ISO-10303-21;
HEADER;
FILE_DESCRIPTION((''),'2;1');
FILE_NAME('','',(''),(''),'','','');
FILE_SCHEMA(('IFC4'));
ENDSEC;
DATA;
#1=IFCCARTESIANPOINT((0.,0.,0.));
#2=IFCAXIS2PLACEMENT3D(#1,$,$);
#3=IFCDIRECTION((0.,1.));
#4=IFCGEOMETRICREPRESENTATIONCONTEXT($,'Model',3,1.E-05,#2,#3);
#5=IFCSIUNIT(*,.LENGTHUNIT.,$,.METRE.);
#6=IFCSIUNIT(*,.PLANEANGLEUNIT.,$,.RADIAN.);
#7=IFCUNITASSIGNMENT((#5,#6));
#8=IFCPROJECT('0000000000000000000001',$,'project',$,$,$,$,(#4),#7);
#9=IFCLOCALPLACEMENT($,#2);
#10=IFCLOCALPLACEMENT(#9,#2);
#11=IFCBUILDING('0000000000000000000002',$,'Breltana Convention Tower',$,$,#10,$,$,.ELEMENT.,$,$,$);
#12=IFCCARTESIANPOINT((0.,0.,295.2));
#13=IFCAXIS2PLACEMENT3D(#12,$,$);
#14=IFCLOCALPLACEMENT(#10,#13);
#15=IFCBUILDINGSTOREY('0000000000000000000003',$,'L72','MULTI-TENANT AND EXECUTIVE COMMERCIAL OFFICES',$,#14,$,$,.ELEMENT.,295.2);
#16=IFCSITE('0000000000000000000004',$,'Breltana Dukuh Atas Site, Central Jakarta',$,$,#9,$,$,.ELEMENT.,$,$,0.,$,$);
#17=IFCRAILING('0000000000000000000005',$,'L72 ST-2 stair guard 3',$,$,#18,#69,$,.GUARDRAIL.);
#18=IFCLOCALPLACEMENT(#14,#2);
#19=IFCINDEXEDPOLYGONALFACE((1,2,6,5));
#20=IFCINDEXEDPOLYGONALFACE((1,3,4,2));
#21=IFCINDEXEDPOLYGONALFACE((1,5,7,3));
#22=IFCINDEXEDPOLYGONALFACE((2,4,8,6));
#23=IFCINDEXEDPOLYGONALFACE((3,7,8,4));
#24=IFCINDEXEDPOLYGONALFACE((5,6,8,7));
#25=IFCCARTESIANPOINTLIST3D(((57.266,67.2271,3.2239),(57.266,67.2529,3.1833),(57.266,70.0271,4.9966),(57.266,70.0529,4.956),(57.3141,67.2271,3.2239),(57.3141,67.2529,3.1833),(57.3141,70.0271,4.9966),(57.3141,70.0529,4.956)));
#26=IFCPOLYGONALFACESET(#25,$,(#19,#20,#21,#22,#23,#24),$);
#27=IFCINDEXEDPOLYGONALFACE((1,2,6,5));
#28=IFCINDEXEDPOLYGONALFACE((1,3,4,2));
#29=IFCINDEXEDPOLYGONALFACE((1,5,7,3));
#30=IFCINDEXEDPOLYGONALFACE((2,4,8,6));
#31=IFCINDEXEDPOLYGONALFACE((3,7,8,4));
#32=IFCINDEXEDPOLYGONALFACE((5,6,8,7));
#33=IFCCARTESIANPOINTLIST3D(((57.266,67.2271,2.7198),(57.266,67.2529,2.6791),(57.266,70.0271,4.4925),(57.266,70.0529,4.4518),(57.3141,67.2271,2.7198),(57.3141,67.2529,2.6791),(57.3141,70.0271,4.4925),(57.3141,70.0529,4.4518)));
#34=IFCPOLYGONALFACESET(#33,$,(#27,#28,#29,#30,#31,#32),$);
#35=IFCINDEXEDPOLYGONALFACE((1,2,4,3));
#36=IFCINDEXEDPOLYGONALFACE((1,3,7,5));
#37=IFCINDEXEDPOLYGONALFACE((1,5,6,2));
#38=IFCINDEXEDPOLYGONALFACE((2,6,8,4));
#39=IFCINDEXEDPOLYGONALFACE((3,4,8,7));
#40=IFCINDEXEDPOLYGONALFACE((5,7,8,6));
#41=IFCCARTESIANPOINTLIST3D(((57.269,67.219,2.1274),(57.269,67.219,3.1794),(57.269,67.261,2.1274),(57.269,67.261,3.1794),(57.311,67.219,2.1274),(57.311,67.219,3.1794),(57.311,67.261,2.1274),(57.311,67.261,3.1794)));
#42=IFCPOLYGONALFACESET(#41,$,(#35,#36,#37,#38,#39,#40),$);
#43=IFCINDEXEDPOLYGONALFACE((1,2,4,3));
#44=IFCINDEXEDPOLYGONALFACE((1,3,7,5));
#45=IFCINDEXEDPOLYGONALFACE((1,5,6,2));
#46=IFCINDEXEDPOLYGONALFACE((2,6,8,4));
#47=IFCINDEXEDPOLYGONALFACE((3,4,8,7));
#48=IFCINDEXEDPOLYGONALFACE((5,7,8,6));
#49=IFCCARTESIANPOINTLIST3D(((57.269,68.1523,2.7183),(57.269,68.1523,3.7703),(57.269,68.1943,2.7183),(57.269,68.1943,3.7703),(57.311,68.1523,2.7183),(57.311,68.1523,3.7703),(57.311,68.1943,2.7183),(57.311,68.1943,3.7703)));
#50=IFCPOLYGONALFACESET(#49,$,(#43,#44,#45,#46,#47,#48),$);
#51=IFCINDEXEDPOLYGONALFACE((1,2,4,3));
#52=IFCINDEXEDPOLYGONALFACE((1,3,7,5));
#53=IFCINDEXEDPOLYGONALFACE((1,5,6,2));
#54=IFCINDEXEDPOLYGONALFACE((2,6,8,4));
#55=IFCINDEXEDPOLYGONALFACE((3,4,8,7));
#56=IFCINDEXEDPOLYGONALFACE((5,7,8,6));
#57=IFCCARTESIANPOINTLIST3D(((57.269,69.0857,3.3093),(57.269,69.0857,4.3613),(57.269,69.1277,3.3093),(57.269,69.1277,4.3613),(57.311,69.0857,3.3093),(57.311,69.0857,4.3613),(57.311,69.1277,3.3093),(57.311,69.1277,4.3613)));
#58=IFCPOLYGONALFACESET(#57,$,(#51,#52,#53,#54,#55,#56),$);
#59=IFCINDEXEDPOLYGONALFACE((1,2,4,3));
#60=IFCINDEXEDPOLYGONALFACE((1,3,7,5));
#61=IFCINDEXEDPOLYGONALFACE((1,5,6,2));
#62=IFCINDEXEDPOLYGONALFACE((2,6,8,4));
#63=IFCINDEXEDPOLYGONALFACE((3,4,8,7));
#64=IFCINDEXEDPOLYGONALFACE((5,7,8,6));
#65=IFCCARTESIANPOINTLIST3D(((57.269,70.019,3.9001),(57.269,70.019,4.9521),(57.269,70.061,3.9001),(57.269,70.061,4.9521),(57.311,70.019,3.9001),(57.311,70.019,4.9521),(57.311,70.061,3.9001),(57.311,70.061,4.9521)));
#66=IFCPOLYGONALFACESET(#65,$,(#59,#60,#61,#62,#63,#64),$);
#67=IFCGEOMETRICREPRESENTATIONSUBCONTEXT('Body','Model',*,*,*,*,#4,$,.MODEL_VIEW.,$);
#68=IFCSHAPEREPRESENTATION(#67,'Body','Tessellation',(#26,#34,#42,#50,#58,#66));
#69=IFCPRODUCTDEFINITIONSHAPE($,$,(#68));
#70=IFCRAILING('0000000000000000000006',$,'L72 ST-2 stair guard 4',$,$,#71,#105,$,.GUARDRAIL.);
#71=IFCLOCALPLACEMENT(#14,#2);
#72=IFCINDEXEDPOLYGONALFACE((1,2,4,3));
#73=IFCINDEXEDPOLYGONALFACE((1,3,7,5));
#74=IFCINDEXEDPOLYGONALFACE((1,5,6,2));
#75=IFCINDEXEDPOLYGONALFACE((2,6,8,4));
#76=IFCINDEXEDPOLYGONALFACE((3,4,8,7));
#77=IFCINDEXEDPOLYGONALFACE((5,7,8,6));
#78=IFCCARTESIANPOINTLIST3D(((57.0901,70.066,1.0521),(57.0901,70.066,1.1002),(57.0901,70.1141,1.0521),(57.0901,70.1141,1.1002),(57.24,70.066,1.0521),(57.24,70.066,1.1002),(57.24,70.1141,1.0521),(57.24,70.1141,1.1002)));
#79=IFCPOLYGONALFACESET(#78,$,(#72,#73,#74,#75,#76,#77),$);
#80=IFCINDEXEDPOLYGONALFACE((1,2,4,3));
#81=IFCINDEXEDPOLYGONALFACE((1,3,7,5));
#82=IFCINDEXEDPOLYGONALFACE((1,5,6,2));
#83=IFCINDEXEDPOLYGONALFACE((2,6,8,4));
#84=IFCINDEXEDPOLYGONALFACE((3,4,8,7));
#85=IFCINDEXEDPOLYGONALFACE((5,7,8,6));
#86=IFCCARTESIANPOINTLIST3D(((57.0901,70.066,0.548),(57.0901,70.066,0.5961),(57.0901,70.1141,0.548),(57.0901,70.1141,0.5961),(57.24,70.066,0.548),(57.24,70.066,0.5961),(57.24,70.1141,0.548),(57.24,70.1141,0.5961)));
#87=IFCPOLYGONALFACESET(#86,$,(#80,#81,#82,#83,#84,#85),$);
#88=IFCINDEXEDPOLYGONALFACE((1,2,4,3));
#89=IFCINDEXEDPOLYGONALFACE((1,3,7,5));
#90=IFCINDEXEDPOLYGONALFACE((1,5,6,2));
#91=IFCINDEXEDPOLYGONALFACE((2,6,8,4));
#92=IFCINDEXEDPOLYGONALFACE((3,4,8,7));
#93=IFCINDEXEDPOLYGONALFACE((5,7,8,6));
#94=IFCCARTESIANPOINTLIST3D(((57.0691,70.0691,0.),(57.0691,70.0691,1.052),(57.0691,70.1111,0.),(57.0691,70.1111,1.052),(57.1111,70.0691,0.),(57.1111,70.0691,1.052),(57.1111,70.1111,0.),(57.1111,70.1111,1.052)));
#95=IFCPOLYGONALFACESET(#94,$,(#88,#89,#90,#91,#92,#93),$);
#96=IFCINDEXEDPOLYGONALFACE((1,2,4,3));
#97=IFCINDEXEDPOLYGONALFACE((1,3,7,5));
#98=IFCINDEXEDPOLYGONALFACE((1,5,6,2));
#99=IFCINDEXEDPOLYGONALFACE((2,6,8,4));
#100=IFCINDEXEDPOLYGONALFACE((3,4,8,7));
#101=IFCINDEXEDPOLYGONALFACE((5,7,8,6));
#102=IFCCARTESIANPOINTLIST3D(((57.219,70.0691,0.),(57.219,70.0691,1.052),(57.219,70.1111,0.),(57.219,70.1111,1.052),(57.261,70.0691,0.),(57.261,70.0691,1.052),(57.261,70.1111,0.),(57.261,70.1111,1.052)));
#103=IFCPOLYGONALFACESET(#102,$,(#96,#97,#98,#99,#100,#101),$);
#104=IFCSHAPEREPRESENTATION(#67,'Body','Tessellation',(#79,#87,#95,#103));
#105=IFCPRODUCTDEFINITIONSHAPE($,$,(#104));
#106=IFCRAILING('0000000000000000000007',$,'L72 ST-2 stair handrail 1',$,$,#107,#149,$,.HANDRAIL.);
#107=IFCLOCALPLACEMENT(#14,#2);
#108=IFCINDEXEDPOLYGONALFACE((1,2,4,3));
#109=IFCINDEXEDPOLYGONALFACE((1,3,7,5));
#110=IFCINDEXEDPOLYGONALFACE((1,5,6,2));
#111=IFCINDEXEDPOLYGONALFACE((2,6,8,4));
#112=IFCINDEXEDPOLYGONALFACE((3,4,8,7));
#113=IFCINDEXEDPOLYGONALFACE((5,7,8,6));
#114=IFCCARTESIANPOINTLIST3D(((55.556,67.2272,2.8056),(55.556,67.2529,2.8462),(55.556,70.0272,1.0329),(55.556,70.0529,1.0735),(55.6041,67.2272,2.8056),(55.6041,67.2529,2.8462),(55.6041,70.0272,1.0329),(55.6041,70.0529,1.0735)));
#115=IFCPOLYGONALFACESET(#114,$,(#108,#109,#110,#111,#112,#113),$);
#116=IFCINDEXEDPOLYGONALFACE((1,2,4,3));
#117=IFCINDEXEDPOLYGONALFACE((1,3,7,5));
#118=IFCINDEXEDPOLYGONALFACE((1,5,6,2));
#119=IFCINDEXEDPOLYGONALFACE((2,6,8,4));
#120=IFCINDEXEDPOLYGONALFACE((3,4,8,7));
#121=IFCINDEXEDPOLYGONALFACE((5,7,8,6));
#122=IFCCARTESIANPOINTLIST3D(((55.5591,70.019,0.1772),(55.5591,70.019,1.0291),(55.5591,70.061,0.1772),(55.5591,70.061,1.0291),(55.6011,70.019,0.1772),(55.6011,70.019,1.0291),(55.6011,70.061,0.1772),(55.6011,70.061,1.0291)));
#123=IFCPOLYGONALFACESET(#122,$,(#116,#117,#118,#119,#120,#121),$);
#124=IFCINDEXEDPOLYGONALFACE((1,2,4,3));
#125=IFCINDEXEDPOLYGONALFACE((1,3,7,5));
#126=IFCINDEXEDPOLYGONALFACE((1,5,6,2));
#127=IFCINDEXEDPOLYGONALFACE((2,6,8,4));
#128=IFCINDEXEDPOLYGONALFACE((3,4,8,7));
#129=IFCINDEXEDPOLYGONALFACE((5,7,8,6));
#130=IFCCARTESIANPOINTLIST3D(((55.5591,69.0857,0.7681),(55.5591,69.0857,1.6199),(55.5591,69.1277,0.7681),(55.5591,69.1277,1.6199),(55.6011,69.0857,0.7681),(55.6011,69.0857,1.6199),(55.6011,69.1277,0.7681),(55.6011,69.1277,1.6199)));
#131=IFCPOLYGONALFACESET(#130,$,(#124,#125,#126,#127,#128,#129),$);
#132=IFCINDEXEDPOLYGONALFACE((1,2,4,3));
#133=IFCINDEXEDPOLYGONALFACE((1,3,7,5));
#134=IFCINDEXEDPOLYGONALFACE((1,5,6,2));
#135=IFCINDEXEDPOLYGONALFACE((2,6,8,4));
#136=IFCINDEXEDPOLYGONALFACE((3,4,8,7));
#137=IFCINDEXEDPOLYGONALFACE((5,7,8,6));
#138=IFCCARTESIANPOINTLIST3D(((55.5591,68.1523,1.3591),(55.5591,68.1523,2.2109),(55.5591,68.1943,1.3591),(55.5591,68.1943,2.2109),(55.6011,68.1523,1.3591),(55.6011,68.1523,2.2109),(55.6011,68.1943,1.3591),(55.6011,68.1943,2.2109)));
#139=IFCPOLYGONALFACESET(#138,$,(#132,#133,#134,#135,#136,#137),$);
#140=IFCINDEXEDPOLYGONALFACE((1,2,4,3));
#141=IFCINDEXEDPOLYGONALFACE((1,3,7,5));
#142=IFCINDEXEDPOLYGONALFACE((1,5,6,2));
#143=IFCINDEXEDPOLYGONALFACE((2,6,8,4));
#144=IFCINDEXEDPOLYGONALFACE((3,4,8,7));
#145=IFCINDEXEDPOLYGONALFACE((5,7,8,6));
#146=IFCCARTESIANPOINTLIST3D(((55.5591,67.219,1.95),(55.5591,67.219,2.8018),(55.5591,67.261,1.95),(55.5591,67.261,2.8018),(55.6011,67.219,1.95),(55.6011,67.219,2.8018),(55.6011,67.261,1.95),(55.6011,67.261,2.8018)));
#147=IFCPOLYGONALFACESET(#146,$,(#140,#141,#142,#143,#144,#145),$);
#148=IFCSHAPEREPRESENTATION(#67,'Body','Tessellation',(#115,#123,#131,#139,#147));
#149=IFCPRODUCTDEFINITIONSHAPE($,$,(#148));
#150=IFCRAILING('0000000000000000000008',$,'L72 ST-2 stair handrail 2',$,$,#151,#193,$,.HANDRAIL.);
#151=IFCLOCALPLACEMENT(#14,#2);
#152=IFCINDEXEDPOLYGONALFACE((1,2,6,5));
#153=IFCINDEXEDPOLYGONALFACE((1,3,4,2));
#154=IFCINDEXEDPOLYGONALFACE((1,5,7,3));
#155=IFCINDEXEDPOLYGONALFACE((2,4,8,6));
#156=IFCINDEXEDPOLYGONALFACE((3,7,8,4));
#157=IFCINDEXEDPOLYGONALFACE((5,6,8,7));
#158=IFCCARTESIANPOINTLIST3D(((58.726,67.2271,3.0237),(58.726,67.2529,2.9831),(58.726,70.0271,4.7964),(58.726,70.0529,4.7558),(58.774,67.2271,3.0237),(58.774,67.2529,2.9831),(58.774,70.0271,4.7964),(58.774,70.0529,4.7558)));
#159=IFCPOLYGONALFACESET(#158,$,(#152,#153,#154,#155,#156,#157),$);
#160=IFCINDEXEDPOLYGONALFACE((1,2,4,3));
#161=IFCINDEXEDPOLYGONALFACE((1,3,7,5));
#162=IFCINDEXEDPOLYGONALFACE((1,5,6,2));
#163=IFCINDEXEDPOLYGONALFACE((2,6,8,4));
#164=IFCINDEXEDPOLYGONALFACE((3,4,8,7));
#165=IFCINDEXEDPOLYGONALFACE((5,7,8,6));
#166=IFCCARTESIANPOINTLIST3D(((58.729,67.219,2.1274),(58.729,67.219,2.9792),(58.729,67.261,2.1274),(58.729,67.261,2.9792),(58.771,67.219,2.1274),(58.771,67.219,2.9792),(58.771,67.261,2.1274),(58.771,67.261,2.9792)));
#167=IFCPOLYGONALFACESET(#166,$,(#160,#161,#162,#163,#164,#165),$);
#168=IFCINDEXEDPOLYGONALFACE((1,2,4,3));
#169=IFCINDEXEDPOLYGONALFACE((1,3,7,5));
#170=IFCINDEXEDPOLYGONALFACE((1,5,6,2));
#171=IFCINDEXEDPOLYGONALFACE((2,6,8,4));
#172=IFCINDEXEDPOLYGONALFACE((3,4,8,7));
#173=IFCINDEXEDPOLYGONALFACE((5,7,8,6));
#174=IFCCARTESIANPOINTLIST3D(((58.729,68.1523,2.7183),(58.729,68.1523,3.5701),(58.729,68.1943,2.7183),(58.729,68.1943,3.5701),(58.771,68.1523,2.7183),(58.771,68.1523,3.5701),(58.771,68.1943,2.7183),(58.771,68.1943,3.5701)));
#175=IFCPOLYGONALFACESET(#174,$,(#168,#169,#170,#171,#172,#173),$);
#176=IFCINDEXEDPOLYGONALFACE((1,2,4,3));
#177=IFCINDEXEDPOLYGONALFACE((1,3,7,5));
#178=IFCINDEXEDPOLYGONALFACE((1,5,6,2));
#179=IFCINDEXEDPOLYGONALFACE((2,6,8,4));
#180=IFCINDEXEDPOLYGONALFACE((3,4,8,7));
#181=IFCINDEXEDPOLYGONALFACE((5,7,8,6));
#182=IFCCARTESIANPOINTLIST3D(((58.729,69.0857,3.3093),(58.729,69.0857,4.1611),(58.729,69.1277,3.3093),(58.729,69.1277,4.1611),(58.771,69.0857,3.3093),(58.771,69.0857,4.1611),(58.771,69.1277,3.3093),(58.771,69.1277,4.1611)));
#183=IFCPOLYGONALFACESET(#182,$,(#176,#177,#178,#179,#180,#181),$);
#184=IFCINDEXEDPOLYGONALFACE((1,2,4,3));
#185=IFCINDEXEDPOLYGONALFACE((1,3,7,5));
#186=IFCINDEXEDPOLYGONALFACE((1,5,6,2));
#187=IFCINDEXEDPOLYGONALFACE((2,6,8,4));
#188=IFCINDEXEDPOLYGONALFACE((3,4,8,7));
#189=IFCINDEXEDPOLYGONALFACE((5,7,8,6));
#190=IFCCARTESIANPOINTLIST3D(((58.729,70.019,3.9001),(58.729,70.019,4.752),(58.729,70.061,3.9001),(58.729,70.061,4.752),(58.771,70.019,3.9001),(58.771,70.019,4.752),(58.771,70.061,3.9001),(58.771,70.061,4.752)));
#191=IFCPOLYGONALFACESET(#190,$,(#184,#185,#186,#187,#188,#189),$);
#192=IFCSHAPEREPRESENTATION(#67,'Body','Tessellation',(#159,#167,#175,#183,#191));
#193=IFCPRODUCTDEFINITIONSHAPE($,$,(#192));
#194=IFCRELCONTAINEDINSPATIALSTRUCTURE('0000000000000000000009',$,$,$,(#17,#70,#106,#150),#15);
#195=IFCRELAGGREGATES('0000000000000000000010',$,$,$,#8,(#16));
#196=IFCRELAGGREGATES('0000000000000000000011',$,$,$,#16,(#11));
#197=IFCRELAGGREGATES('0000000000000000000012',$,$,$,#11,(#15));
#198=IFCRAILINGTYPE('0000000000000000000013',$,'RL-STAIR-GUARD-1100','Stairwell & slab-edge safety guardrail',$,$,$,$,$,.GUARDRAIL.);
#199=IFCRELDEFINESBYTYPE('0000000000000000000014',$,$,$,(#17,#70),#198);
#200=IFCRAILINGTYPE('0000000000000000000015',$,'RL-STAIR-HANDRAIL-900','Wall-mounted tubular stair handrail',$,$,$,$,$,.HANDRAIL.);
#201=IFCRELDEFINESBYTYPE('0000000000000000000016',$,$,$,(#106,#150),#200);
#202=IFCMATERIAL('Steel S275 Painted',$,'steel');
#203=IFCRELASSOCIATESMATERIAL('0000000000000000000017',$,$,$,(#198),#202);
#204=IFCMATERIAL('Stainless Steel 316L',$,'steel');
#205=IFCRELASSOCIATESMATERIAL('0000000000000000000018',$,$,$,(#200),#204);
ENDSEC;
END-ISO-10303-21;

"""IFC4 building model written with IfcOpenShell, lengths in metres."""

from ifc_helpers import new_model, si_unit, direction, frame, origin, origin_2d, place, context, subcontext, project, spatial, rectangle, extrude, material, type_object, element, save


model = new_model("IFC4")

# Units and contexts
model_context = context("Model", 3, precision=1e-05, world=origin(), true_north=direction((0.0, 1.0)))
body_context = subcontext(model_context, "Body", "Model", "MODEL_VIEW")
ifc_project = project(units=[si_unit("LENGTHUNIT", "METRE"), si_unit("PLANEANGLEUNIT", "RADIAN")], contexts=[model_context])

# Site, building, storey
site_placement = place(None, origin())
site = spatial("IfcSite", under=ifc_project, at=site_placement, Name="Breltana Dukuh Atas Site, Central Jakarta", CompositionType="ELEMENT", RefElevation=0.0)
building_placement = place(site_placement, origin())
building = spatial("IfcBuilding", under=site, at=building_placement, Name="Breltana Convention Tower", CompositionType="ELEMENT")
storey_placement = place(building_placement, frame((0.0, 0.0, 295.2)))
storey = spatial("IfcBuildingStorey", under=building, at=storey_placement, Name="L72", Description="MULTI-TENANT AND EXECUTIVE COMMERCIAL OFFICES", CompositionType="ELEMENT", Elevation=295.2)

# Railings
ifc_material_1 = material(Name="Steel S275 Painted", Category="steel")
railing_type_1 = type_object("IfcRailingType", Name="RL-STAIR-GUARD-1100", Description="Stairwell & slab-edge safety guardrail", PredefinedType="GUARDRAIL", material=ifc_material_1)
railing_1_placement = place(storey_placement, frame((57.29, 67.24, 2.1274)))
element("IfcRailing", 1, at=railing_1_placement, inside=storey, type_object=railing_type_1, Name="L72 ST-2 stair guard 3", PredefinedType="GUARDRAIL", context=body_context, shape_type="SweptSolid", body=[
    extrude(rectangle(XDim=0.0481, YDim=0.0481, at=origin_2d()), frame((0.0, 0.0, 1.0762), z_axis=(0.0, 0.844909, 0.53491), x_axis=(-1.0, 0.0, 0.0)), (0.0, 0.0, 1.0), 3.314),
    extrude(rectangle(XDim=0.0481, YDim=0.0481, at=origin_2d()), frame((0.0, 0.0, 0.572), z_axis=(0.0, 0.844909, 0.53491), x_axis=(-1.0, 0.0, 0.0)), (0.0, 0.0, 1.0), 3.314),
    extrude(rectangle(XDim=0.042, YDim=0.042, at=origin_2d()), origin(), (0.0, 0.0, 1.0), 1.052),
    extrude(rectangle(XDim=0.042, YDim=0.042, at=origin_2d()), frame((0.0, 0.9333, 0.5908)), (0.0, 0.0, 1.0), 1.052),
    extrude(rectangle(XDim=0.042, YDim=0.042, at=origin_2d()), frame((0.0, 1.8667, 1.1819)), (0.0, 0.0, 1.0), 1.052),
    extrude(rectangle(XDim=0.042, YDim=0.042, at=origin_2d()), frame((0.0, 2.8, 1.7727)), (0.0, 0.0, 1.0), 1.052),
])
railing_2_placement = place(storey_placement, frame((57.0901, 70.0901, 0.0)))
element("IfcRailing", 2, at=railing_2_placement, inside=storey, type_object=railing_type_1, Name="L72 ST-2 stair guard 4", PredefinedType="GUARDRAIL", context=body_context, shape_type="SweptSolid", body=[
    extrude(rectangle(XDim=0.0481, YDim=0.0481, at=origin_2d()), frame((0.0, 0.0, 1.0762), z_axis=(1.0, 0.0, 0.0), x_axis=(0.0, 1.0, 0.0)), (0.0, 0.0, 1.0), 0.1499),
    extrude(rectangle(XDim=0.0481, YDim=0.0481, at=origin_2d()), frame((0.0, 0.0, 0.572), z_axis=(1.0, 0.0, 0.0), x_axis=(0.0, 1.0, 0.0)), (0.0, 0.0, 1.0), 0.1499),
    extrude(rectangle(XDim=0.042, YDim=0.042, at=origin_2d()), origin(), (0.0, 0.0, 1.0), 1.052),
    extrude(rectangle(XDim=0.042, YDim=0.042, at=origin_2d()), frame((0.1499, 0.0, 0.0)), (0.0, 0.0, 1.0), 1.052),
])
ifc_material_2 = material(Name="Stainless Steel 316L", Category="steel")
railing_type_2 = type_object("IfcRailingType", Name="RL-STAIR-HANDRAIL-900", Description="Wall-mounted tubular stair handrail", PredefinedType="HANDRAIL", material=ifc_material_2)
railing_3_placement = place(storey_placement, frame((55.5801, 70.04, 0.1772)))
element("IfcRailing", 3, at=railing_3_placement, inside=storey, type_object=railing_type_2, Name="L72 ST-2 stair handrail 1", PredefinedType="HANDRAIL", context=body_context, shape_type="SweptSolid", body=[
    extrude(rectangle(XDim=0.0481, YDim=0.0481, at=origin_2d()), frame((0.0, 0.0, 0.876), z_axis=(0.0, -0.844909, 0.53491), x_axis=(1.0, 0.0, 0.0)), (0.0, 0.0, 1.0), 3.314),
    extrude(rectangle(XDim=0.042, YDim=0.042, at=origin_2d()), origin(), (0.0, 0.0, 1.0), 0.8518),
    extrude(rectangle(XDim=0.042, YDim=0.042, at=origin_2d()), frame((0.0, -0.9333, 0.5908)), (0.0, 0.0, 1.0), 0.8518),
    extrude(rectangle(XDim=0.042, YDim=0.042, at=origin_2d()), frame((0.0, -1.8667, 1.1819)), (0.0, 0.0, 1.0), 0.8518),
    extrude(rectangle(XDim=0.042, YDim=0.042, at=origin_2d()), frame((0.0, -2.8, 1.7727)), (0.0, 0.0, 1.0), 0.8518),
])
railing_4_placement = place(storey_placement, frame((58.75, 67.24, 2.1274)))
element("IfcRailing", 4, at=railing_4_placement, inside=storey, type_object=railing_type_2, Name="L72 ST-2 stair handrail 2", PredefinedType="HANDRAIL", context=body_context, shape_type="SweptSolid", body=[
    extrude(rectangle(XDim=0.0481, YDim=0.0481, at=origin_2d()), frame((0.0, 0.0, 0.876), z_axis=(0.0, 0.844909, 0.53491), x_axis=(-1.0, 0.0, 0.0)), (0.0, 0.0, 1.0), 3.314),
    extrude(rectangle(XDim=0.042, YDim=0.042, at=origin_2d()), origin(), (0.0, 0.0, 1.0), 0.8518),
    extrude(rectangle(XDim=0.042, YDim=0.042, at=origin_2d()), frame((0.0, 0.9333, 0.5908)), (0.0, 0.0, 1.0), 0.8518),
    extrude(rectangle(XDim=0.042, YDim=0.042, at=origin_2d()), frame((0.0, 1.8667, 1.1819)), (0.0, 0.0, 1.0), 0.8518),
    extrude(rectangle(XDim=0.042, YDim=0.042, at=origin_2d()), frame((0.0, 2.8, 1.7727)), (0.0, 0.0, 1.0), 0.8518),
])

save(model, "model.ifc")
